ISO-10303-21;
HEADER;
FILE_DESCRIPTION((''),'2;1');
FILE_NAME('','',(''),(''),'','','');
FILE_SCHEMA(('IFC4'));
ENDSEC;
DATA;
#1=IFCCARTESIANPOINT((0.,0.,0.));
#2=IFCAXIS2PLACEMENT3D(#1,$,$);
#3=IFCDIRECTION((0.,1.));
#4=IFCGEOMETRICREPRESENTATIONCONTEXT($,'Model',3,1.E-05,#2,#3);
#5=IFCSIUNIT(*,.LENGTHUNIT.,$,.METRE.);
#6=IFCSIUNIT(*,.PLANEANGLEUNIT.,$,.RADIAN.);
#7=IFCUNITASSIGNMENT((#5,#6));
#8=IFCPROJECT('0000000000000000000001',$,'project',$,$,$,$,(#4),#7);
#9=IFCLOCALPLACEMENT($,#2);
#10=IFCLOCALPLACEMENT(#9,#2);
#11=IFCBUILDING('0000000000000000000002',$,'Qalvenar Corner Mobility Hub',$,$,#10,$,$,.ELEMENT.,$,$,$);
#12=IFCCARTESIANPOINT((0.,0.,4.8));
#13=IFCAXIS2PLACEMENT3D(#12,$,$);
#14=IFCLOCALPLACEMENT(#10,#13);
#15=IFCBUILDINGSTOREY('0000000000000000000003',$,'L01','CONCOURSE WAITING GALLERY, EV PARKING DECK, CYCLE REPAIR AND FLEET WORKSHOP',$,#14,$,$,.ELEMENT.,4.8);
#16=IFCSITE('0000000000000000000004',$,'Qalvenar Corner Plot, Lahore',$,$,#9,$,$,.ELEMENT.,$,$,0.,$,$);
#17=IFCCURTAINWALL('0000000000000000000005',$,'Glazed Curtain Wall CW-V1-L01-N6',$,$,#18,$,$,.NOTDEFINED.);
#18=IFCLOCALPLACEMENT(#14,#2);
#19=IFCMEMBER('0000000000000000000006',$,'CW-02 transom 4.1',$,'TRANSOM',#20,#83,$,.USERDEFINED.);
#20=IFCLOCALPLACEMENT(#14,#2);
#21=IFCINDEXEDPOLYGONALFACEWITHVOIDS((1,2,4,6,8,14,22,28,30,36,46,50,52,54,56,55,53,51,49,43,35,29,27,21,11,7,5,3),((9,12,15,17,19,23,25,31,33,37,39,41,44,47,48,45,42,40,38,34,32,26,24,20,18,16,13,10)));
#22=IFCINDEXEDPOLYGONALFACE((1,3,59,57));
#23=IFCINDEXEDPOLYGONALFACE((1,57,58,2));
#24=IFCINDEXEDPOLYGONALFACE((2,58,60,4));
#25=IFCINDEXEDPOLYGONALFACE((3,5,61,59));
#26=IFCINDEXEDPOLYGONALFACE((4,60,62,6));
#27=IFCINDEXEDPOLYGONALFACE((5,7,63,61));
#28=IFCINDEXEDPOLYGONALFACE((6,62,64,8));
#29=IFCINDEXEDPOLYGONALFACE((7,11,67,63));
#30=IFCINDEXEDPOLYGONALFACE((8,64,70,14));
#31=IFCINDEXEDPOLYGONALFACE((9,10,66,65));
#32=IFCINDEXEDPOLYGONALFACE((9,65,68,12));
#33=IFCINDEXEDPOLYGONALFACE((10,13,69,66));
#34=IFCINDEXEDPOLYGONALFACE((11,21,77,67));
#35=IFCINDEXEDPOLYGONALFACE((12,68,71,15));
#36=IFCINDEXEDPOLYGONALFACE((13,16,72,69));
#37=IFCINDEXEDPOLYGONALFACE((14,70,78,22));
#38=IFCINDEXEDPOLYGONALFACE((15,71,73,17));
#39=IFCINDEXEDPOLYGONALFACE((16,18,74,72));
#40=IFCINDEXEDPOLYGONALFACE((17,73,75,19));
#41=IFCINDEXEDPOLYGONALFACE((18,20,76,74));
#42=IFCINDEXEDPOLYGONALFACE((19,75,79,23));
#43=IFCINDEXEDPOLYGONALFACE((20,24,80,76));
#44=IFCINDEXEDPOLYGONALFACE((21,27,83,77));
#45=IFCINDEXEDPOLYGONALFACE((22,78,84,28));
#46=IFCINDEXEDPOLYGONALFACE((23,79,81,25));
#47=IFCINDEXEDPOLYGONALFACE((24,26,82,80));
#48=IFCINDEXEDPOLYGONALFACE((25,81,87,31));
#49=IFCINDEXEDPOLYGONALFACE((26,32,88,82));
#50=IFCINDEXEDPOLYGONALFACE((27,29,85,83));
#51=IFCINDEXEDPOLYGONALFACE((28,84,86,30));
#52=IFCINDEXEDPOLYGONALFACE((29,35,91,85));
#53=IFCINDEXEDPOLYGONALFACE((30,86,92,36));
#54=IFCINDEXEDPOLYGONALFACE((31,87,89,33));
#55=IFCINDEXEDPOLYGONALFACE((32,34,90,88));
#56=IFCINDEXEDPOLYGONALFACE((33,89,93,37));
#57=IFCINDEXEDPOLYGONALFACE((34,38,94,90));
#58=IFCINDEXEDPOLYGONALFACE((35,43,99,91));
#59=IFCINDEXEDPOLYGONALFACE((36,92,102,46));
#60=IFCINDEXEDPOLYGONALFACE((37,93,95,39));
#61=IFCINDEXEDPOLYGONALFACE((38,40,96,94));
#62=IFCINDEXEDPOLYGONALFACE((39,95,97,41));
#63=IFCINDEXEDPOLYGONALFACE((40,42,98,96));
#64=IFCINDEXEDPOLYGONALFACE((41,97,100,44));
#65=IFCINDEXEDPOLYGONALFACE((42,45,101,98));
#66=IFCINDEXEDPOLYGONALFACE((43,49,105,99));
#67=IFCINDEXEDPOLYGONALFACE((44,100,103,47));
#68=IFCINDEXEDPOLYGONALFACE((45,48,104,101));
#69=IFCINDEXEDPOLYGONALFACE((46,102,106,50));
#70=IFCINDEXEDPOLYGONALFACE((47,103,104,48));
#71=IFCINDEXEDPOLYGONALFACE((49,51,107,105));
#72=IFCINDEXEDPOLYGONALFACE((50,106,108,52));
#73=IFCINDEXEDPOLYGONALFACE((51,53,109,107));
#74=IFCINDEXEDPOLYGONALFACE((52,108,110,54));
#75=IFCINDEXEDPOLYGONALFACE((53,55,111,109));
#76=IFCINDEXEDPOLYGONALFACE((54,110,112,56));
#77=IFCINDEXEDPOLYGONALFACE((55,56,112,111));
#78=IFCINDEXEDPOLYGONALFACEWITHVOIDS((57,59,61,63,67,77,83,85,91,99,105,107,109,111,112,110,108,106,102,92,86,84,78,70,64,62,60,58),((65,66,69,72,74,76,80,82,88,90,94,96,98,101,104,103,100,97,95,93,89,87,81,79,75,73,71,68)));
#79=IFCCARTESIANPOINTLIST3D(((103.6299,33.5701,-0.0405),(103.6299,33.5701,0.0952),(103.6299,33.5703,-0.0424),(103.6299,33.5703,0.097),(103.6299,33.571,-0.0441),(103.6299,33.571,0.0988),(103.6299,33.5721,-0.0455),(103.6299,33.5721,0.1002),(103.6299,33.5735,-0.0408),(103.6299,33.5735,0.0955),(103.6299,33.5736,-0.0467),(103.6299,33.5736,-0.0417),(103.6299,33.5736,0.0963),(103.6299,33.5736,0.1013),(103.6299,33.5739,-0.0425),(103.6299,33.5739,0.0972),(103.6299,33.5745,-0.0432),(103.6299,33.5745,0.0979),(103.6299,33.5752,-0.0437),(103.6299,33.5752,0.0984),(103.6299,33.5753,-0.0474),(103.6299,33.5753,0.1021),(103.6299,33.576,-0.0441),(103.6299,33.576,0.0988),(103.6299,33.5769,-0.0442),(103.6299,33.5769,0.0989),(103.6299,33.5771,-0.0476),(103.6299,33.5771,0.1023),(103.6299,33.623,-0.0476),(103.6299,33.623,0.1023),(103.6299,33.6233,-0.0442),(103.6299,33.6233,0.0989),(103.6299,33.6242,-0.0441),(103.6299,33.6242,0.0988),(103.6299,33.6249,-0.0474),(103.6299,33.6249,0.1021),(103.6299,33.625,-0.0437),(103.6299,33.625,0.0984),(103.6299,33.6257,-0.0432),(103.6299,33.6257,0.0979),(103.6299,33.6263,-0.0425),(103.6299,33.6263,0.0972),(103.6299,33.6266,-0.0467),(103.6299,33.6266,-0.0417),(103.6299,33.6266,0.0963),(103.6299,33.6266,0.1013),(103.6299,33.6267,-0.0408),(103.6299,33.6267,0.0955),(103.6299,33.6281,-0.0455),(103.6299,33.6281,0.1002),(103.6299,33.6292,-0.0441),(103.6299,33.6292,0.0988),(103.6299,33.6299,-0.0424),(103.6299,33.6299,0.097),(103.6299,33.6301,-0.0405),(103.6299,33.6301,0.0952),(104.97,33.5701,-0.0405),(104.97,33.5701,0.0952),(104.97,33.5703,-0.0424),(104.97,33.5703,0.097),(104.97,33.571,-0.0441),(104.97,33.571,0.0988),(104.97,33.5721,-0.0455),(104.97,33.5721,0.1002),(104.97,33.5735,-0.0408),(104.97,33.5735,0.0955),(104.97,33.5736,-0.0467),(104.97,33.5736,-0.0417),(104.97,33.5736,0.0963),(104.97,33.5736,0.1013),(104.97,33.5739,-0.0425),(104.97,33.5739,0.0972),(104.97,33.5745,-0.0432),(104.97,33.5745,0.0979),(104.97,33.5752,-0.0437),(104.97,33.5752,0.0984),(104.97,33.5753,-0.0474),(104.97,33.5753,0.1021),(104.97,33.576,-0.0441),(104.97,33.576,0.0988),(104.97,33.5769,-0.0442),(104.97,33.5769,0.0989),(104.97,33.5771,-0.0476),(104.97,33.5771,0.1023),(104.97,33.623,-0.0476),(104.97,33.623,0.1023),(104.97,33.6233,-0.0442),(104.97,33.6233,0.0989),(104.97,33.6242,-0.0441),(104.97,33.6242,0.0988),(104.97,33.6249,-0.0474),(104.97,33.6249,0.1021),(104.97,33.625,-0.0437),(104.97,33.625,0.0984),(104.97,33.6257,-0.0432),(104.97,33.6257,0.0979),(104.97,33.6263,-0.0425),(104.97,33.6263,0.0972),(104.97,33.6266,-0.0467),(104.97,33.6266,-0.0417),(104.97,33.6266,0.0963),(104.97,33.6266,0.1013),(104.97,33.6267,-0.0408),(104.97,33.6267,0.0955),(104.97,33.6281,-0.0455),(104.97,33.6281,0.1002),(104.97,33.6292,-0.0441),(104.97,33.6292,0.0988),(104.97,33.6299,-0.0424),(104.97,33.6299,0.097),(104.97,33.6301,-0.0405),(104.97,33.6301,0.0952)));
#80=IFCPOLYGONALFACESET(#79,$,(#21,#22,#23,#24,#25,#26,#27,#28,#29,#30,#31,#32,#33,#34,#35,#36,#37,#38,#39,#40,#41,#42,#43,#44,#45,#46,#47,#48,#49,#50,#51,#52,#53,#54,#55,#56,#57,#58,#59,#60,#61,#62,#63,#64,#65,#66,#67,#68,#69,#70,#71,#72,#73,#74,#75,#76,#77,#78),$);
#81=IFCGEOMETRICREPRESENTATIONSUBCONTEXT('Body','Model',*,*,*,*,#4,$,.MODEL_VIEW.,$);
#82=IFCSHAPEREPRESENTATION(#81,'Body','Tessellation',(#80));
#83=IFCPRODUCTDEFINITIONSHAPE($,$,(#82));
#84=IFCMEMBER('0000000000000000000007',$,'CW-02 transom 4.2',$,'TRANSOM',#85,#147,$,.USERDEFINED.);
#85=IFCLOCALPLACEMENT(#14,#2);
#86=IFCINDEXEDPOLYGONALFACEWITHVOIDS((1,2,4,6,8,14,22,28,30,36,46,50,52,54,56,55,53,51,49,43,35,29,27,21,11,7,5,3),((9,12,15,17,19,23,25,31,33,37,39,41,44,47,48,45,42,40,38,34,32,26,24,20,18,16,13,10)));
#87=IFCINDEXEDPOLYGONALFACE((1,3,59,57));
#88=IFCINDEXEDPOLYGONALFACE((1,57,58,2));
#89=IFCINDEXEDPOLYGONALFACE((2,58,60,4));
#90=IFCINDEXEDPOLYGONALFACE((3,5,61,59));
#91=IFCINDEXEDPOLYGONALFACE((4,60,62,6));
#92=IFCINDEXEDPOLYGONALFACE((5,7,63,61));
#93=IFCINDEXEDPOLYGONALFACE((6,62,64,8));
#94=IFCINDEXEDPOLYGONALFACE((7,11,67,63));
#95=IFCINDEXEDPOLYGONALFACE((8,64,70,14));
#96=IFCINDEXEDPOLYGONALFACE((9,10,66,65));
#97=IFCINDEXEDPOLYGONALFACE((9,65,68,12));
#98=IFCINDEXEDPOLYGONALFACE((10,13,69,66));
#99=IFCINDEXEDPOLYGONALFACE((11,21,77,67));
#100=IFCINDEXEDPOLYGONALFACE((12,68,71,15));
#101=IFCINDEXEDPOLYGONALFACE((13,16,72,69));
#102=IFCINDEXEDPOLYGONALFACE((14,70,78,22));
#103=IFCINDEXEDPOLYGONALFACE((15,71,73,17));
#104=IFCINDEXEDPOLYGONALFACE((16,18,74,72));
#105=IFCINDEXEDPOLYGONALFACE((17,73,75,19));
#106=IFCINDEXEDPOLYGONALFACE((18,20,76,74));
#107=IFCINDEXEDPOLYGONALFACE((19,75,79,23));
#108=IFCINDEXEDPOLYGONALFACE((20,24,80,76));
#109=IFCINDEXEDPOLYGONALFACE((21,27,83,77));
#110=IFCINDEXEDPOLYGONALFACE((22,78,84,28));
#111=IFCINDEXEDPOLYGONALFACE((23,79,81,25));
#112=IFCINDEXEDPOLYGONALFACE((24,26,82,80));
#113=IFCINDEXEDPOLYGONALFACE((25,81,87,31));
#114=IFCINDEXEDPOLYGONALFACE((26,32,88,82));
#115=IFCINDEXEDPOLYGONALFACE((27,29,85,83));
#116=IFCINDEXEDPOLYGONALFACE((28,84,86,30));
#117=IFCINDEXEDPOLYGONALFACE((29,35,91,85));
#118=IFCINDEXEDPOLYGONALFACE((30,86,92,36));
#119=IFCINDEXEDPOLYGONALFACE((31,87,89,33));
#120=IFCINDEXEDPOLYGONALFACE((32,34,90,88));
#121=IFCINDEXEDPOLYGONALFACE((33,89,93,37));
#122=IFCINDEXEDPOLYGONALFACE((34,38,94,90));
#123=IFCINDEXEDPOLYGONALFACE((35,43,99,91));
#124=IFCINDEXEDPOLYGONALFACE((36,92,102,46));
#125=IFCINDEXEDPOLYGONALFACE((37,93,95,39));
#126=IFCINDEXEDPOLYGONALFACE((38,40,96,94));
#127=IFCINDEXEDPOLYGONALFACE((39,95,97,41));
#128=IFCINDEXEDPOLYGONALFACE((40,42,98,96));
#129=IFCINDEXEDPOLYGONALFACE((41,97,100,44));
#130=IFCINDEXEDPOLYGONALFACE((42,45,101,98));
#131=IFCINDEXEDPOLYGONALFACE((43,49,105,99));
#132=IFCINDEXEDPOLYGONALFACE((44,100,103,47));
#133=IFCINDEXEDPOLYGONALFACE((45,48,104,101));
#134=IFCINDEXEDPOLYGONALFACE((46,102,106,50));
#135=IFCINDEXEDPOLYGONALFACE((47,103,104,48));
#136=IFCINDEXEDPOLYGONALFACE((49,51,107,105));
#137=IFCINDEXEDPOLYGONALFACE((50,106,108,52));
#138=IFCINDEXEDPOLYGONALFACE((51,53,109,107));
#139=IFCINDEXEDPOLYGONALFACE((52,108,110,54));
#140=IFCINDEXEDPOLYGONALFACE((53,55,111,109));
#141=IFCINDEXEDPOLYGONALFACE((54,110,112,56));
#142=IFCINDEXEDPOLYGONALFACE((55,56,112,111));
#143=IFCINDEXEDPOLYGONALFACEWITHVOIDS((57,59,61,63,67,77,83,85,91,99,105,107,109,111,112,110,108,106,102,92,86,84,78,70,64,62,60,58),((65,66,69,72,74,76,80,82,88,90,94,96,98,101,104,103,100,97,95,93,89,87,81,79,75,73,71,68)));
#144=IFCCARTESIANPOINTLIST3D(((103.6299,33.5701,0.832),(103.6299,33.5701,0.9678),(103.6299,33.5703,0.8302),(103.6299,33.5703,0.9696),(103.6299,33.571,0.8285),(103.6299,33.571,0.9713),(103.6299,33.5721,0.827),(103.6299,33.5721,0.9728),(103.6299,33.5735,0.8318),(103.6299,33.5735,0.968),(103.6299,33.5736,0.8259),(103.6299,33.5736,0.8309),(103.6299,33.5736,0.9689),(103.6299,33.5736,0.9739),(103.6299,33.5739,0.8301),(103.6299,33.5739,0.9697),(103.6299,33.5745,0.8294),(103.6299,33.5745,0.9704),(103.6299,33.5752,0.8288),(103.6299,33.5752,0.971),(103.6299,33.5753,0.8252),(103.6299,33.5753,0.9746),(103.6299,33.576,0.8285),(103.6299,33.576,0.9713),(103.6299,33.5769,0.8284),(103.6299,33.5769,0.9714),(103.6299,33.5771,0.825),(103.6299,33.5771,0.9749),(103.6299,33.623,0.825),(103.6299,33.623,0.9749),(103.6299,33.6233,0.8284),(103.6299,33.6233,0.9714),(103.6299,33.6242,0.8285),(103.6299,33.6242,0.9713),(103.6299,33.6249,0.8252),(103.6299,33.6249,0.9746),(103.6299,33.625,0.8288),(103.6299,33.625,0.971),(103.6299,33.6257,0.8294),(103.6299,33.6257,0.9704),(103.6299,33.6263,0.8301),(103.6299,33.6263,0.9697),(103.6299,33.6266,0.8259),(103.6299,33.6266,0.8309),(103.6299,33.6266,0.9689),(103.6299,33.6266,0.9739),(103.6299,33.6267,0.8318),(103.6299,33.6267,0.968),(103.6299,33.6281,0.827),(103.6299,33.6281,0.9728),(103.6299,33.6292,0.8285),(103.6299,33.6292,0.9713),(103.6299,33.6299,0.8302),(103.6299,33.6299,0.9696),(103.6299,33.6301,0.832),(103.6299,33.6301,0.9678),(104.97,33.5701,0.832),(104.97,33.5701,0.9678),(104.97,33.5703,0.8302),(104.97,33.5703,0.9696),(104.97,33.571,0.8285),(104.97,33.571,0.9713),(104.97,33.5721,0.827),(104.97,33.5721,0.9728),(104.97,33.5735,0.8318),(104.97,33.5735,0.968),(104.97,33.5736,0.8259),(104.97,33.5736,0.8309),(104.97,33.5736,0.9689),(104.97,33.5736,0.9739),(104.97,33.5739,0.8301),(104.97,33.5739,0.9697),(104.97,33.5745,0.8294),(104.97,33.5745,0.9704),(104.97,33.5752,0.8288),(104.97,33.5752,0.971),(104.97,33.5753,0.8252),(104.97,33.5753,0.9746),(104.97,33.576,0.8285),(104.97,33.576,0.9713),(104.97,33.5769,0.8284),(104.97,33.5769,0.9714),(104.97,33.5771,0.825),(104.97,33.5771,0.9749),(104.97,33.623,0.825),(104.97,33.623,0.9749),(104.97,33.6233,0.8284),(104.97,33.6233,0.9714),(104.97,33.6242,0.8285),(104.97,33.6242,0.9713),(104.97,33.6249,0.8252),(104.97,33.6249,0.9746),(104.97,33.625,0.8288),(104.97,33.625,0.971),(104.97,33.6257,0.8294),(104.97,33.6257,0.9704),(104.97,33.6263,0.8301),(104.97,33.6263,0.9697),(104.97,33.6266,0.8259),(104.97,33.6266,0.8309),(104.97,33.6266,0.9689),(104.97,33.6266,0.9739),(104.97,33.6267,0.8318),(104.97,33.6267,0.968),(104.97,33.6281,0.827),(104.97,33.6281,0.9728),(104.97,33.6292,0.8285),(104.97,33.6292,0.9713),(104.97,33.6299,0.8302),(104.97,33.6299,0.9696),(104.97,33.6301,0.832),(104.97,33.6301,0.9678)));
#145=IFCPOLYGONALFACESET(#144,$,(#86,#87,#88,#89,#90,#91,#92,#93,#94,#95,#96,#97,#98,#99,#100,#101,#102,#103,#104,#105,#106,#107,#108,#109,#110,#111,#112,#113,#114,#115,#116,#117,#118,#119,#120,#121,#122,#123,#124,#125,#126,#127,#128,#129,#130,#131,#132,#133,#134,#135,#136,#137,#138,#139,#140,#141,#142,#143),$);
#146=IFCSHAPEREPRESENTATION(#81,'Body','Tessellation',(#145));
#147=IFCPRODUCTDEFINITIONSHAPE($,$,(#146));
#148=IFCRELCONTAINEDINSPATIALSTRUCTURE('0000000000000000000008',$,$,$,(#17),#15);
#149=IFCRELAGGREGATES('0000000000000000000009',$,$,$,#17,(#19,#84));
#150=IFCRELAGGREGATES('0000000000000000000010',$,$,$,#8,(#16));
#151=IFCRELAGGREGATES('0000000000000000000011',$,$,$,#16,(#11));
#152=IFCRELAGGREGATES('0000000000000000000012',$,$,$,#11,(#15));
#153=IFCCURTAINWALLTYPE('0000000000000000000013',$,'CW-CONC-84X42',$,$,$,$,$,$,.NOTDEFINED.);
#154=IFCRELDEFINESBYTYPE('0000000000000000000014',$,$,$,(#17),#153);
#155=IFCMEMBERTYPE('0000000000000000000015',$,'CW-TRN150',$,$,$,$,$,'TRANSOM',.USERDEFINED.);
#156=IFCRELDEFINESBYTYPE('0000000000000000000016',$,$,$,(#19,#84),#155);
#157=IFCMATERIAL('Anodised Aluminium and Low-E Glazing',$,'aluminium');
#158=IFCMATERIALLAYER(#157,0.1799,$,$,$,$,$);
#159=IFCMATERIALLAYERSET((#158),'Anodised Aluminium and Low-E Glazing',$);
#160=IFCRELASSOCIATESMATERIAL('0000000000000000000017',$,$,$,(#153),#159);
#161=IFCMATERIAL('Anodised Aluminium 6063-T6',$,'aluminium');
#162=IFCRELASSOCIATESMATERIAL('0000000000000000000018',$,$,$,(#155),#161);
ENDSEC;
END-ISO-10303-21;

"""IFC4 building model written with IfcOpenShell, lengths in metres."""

from ifc_helpers import new_model, si_unit, direction, frame, origin, origin_2d, place, context, subcontext, project, spatial, hollow_rectangle, extrude, material, layer, layer_set, material_profile, profile_set, type_object, element, aggregate, save


model = new_model("IFC4")

# Units and contexts
model_context = context("Model", 3, precision=1e-05, world=origin(), true_north=direction((0.0, 1.0)))
body_context = subcontext(model_context, "Body", "Model", "MODEL_VIEW")
ifc_project = project(units=[si_unit("LENGTHUNIT", "METRE"), si_unit("PLANEANGLEUNIT", "RADIAN")], contexts=[model_context])

# Site, building, storey
site_placement = place(None, origin())
site = spatial("IfcSite", under=ifc_project, at=site_placement, Name="Qalvenar Corner Plot, Lahore", CompositionType="ELEMENT", RefElevation=0.0)
building_placement = place(site_placement, origin())
building = spatial("IfcBuilding", under=site, at=building_placement, Name="Qalvenar Corner Mobility Hub", CompositionType="ELEMENT")
storey_placement = place(building_placement, frame((0.0, 0.0, 4.8)))
storey = spatial("IfcBuildingStorey", under=building, at=storey_placement, Name="L01", Description="CONCOURSE WAITING GALLERY, EV PARKING DECK, CYCLE REPAIR AND FLEET WORKSHOP", CompositionType="ELEMENT", Elevation=4.8)

# Curtain wall, members
ifc_material_1 = material(Name="Anodised Aluminium and Low-E Glazing", Category="aluminium")
ifc_layer_1 = layer(ifc_material_1, 0.1799)
ifc_layer_set_1 = layer_set([ifc_layer_1], Name="Anodised Aluminium and Low-E Glazing")
curtain_wall_type = type_object("IfcCurtainWallType", Name="CW-CONC-84X42", PredefinedType="NOTDEFINED", material=ifc_layer_set_1)
curtain_wall_placement = place(storey_placement, origin())
curtain_wall = element("IfcCurtainWall", 1, at=curtain_wall_placement, inside=storey, type_object=curtain_wall_type, Name="Glazed Curtain Wall CW-V1-L01-N6", PredefinedType="NOTDEFINED")
ifc_material_2 = material(Name="Anodised Aluminium 6063-T6", Category="aluminium")
ifc_material_profile_1 = material_profile(ifc_material_2, hollow_rectangle(XDim=0.0601, YDim=0.1499, WallThickness=0.0034, InnerFilletRadius=0.0034, OuterFilletRadius=0.0071, at=origin_2d()), Name="RHS150x60x3.5")
ifc_profile_set_1 = profile_set([ifc_material_profile_1], Name="Anodised Aluminium 6063-T6")
member_type_1 = type_object("IfcMemberType", Name="CW-TRN150", ElementType="TRANSOM", PredefinedType="USERDEFINED", material=ifc_profile_set_1)
member_1_placement = place(storey_placement, frame((104.97, 33.6001, 0.0273), z_axis=(-1.0, 0.0, 0.0), x_axis=(0.0, -1.0, 0.0)))
member_1 = element("IfcMember", 2, at=member_1_placement, type_object=member_type_1, Name="CW-02 transom 4.1", ObjectType="TRANSOM", PredefinedType="USERDEFINED", context=body_context, shape_type="SweptSolid", body=[
    extrude(hollow_rectangle(XDim=0.0601, YDim=0.1499, WallThickness=0.0034, InnerFilletRadius=0.0034, OuterFilletRadius=0.0071, at=origin_2d()), origin(), (0.0, 0.0, 1.0), 1.3401),
])
member_2_placement = place(storey_placement, frame((104.97, 33.6001, 0.8999), z_axis=(-1.0, 0.0, 0.0), x_axis=(0.0, -1.0, 0.0)))
member_2 = element("IfcMember", 3, at=member_2_placement, type_object=member_type_1, Name="CW-02 transom 4.2", ObjectType="TRANSOM", PredefinedType="USERDEFINED", context=body_context, shape_type="SweptSolid", body=[
    extrude(hollow_rectangle(XDim=0.0601, YDim=0.1499, WallThickness=0.0034, InnerFilletRadius=0.0034, OuterFilletRadius=0.0071, at=origin_2d()), origin(), (0.0, 0.0, 1.0), 1.3401),
])
aggregate(curtain_wall, [member_1, member_2])

save(model, "model.ifc")
